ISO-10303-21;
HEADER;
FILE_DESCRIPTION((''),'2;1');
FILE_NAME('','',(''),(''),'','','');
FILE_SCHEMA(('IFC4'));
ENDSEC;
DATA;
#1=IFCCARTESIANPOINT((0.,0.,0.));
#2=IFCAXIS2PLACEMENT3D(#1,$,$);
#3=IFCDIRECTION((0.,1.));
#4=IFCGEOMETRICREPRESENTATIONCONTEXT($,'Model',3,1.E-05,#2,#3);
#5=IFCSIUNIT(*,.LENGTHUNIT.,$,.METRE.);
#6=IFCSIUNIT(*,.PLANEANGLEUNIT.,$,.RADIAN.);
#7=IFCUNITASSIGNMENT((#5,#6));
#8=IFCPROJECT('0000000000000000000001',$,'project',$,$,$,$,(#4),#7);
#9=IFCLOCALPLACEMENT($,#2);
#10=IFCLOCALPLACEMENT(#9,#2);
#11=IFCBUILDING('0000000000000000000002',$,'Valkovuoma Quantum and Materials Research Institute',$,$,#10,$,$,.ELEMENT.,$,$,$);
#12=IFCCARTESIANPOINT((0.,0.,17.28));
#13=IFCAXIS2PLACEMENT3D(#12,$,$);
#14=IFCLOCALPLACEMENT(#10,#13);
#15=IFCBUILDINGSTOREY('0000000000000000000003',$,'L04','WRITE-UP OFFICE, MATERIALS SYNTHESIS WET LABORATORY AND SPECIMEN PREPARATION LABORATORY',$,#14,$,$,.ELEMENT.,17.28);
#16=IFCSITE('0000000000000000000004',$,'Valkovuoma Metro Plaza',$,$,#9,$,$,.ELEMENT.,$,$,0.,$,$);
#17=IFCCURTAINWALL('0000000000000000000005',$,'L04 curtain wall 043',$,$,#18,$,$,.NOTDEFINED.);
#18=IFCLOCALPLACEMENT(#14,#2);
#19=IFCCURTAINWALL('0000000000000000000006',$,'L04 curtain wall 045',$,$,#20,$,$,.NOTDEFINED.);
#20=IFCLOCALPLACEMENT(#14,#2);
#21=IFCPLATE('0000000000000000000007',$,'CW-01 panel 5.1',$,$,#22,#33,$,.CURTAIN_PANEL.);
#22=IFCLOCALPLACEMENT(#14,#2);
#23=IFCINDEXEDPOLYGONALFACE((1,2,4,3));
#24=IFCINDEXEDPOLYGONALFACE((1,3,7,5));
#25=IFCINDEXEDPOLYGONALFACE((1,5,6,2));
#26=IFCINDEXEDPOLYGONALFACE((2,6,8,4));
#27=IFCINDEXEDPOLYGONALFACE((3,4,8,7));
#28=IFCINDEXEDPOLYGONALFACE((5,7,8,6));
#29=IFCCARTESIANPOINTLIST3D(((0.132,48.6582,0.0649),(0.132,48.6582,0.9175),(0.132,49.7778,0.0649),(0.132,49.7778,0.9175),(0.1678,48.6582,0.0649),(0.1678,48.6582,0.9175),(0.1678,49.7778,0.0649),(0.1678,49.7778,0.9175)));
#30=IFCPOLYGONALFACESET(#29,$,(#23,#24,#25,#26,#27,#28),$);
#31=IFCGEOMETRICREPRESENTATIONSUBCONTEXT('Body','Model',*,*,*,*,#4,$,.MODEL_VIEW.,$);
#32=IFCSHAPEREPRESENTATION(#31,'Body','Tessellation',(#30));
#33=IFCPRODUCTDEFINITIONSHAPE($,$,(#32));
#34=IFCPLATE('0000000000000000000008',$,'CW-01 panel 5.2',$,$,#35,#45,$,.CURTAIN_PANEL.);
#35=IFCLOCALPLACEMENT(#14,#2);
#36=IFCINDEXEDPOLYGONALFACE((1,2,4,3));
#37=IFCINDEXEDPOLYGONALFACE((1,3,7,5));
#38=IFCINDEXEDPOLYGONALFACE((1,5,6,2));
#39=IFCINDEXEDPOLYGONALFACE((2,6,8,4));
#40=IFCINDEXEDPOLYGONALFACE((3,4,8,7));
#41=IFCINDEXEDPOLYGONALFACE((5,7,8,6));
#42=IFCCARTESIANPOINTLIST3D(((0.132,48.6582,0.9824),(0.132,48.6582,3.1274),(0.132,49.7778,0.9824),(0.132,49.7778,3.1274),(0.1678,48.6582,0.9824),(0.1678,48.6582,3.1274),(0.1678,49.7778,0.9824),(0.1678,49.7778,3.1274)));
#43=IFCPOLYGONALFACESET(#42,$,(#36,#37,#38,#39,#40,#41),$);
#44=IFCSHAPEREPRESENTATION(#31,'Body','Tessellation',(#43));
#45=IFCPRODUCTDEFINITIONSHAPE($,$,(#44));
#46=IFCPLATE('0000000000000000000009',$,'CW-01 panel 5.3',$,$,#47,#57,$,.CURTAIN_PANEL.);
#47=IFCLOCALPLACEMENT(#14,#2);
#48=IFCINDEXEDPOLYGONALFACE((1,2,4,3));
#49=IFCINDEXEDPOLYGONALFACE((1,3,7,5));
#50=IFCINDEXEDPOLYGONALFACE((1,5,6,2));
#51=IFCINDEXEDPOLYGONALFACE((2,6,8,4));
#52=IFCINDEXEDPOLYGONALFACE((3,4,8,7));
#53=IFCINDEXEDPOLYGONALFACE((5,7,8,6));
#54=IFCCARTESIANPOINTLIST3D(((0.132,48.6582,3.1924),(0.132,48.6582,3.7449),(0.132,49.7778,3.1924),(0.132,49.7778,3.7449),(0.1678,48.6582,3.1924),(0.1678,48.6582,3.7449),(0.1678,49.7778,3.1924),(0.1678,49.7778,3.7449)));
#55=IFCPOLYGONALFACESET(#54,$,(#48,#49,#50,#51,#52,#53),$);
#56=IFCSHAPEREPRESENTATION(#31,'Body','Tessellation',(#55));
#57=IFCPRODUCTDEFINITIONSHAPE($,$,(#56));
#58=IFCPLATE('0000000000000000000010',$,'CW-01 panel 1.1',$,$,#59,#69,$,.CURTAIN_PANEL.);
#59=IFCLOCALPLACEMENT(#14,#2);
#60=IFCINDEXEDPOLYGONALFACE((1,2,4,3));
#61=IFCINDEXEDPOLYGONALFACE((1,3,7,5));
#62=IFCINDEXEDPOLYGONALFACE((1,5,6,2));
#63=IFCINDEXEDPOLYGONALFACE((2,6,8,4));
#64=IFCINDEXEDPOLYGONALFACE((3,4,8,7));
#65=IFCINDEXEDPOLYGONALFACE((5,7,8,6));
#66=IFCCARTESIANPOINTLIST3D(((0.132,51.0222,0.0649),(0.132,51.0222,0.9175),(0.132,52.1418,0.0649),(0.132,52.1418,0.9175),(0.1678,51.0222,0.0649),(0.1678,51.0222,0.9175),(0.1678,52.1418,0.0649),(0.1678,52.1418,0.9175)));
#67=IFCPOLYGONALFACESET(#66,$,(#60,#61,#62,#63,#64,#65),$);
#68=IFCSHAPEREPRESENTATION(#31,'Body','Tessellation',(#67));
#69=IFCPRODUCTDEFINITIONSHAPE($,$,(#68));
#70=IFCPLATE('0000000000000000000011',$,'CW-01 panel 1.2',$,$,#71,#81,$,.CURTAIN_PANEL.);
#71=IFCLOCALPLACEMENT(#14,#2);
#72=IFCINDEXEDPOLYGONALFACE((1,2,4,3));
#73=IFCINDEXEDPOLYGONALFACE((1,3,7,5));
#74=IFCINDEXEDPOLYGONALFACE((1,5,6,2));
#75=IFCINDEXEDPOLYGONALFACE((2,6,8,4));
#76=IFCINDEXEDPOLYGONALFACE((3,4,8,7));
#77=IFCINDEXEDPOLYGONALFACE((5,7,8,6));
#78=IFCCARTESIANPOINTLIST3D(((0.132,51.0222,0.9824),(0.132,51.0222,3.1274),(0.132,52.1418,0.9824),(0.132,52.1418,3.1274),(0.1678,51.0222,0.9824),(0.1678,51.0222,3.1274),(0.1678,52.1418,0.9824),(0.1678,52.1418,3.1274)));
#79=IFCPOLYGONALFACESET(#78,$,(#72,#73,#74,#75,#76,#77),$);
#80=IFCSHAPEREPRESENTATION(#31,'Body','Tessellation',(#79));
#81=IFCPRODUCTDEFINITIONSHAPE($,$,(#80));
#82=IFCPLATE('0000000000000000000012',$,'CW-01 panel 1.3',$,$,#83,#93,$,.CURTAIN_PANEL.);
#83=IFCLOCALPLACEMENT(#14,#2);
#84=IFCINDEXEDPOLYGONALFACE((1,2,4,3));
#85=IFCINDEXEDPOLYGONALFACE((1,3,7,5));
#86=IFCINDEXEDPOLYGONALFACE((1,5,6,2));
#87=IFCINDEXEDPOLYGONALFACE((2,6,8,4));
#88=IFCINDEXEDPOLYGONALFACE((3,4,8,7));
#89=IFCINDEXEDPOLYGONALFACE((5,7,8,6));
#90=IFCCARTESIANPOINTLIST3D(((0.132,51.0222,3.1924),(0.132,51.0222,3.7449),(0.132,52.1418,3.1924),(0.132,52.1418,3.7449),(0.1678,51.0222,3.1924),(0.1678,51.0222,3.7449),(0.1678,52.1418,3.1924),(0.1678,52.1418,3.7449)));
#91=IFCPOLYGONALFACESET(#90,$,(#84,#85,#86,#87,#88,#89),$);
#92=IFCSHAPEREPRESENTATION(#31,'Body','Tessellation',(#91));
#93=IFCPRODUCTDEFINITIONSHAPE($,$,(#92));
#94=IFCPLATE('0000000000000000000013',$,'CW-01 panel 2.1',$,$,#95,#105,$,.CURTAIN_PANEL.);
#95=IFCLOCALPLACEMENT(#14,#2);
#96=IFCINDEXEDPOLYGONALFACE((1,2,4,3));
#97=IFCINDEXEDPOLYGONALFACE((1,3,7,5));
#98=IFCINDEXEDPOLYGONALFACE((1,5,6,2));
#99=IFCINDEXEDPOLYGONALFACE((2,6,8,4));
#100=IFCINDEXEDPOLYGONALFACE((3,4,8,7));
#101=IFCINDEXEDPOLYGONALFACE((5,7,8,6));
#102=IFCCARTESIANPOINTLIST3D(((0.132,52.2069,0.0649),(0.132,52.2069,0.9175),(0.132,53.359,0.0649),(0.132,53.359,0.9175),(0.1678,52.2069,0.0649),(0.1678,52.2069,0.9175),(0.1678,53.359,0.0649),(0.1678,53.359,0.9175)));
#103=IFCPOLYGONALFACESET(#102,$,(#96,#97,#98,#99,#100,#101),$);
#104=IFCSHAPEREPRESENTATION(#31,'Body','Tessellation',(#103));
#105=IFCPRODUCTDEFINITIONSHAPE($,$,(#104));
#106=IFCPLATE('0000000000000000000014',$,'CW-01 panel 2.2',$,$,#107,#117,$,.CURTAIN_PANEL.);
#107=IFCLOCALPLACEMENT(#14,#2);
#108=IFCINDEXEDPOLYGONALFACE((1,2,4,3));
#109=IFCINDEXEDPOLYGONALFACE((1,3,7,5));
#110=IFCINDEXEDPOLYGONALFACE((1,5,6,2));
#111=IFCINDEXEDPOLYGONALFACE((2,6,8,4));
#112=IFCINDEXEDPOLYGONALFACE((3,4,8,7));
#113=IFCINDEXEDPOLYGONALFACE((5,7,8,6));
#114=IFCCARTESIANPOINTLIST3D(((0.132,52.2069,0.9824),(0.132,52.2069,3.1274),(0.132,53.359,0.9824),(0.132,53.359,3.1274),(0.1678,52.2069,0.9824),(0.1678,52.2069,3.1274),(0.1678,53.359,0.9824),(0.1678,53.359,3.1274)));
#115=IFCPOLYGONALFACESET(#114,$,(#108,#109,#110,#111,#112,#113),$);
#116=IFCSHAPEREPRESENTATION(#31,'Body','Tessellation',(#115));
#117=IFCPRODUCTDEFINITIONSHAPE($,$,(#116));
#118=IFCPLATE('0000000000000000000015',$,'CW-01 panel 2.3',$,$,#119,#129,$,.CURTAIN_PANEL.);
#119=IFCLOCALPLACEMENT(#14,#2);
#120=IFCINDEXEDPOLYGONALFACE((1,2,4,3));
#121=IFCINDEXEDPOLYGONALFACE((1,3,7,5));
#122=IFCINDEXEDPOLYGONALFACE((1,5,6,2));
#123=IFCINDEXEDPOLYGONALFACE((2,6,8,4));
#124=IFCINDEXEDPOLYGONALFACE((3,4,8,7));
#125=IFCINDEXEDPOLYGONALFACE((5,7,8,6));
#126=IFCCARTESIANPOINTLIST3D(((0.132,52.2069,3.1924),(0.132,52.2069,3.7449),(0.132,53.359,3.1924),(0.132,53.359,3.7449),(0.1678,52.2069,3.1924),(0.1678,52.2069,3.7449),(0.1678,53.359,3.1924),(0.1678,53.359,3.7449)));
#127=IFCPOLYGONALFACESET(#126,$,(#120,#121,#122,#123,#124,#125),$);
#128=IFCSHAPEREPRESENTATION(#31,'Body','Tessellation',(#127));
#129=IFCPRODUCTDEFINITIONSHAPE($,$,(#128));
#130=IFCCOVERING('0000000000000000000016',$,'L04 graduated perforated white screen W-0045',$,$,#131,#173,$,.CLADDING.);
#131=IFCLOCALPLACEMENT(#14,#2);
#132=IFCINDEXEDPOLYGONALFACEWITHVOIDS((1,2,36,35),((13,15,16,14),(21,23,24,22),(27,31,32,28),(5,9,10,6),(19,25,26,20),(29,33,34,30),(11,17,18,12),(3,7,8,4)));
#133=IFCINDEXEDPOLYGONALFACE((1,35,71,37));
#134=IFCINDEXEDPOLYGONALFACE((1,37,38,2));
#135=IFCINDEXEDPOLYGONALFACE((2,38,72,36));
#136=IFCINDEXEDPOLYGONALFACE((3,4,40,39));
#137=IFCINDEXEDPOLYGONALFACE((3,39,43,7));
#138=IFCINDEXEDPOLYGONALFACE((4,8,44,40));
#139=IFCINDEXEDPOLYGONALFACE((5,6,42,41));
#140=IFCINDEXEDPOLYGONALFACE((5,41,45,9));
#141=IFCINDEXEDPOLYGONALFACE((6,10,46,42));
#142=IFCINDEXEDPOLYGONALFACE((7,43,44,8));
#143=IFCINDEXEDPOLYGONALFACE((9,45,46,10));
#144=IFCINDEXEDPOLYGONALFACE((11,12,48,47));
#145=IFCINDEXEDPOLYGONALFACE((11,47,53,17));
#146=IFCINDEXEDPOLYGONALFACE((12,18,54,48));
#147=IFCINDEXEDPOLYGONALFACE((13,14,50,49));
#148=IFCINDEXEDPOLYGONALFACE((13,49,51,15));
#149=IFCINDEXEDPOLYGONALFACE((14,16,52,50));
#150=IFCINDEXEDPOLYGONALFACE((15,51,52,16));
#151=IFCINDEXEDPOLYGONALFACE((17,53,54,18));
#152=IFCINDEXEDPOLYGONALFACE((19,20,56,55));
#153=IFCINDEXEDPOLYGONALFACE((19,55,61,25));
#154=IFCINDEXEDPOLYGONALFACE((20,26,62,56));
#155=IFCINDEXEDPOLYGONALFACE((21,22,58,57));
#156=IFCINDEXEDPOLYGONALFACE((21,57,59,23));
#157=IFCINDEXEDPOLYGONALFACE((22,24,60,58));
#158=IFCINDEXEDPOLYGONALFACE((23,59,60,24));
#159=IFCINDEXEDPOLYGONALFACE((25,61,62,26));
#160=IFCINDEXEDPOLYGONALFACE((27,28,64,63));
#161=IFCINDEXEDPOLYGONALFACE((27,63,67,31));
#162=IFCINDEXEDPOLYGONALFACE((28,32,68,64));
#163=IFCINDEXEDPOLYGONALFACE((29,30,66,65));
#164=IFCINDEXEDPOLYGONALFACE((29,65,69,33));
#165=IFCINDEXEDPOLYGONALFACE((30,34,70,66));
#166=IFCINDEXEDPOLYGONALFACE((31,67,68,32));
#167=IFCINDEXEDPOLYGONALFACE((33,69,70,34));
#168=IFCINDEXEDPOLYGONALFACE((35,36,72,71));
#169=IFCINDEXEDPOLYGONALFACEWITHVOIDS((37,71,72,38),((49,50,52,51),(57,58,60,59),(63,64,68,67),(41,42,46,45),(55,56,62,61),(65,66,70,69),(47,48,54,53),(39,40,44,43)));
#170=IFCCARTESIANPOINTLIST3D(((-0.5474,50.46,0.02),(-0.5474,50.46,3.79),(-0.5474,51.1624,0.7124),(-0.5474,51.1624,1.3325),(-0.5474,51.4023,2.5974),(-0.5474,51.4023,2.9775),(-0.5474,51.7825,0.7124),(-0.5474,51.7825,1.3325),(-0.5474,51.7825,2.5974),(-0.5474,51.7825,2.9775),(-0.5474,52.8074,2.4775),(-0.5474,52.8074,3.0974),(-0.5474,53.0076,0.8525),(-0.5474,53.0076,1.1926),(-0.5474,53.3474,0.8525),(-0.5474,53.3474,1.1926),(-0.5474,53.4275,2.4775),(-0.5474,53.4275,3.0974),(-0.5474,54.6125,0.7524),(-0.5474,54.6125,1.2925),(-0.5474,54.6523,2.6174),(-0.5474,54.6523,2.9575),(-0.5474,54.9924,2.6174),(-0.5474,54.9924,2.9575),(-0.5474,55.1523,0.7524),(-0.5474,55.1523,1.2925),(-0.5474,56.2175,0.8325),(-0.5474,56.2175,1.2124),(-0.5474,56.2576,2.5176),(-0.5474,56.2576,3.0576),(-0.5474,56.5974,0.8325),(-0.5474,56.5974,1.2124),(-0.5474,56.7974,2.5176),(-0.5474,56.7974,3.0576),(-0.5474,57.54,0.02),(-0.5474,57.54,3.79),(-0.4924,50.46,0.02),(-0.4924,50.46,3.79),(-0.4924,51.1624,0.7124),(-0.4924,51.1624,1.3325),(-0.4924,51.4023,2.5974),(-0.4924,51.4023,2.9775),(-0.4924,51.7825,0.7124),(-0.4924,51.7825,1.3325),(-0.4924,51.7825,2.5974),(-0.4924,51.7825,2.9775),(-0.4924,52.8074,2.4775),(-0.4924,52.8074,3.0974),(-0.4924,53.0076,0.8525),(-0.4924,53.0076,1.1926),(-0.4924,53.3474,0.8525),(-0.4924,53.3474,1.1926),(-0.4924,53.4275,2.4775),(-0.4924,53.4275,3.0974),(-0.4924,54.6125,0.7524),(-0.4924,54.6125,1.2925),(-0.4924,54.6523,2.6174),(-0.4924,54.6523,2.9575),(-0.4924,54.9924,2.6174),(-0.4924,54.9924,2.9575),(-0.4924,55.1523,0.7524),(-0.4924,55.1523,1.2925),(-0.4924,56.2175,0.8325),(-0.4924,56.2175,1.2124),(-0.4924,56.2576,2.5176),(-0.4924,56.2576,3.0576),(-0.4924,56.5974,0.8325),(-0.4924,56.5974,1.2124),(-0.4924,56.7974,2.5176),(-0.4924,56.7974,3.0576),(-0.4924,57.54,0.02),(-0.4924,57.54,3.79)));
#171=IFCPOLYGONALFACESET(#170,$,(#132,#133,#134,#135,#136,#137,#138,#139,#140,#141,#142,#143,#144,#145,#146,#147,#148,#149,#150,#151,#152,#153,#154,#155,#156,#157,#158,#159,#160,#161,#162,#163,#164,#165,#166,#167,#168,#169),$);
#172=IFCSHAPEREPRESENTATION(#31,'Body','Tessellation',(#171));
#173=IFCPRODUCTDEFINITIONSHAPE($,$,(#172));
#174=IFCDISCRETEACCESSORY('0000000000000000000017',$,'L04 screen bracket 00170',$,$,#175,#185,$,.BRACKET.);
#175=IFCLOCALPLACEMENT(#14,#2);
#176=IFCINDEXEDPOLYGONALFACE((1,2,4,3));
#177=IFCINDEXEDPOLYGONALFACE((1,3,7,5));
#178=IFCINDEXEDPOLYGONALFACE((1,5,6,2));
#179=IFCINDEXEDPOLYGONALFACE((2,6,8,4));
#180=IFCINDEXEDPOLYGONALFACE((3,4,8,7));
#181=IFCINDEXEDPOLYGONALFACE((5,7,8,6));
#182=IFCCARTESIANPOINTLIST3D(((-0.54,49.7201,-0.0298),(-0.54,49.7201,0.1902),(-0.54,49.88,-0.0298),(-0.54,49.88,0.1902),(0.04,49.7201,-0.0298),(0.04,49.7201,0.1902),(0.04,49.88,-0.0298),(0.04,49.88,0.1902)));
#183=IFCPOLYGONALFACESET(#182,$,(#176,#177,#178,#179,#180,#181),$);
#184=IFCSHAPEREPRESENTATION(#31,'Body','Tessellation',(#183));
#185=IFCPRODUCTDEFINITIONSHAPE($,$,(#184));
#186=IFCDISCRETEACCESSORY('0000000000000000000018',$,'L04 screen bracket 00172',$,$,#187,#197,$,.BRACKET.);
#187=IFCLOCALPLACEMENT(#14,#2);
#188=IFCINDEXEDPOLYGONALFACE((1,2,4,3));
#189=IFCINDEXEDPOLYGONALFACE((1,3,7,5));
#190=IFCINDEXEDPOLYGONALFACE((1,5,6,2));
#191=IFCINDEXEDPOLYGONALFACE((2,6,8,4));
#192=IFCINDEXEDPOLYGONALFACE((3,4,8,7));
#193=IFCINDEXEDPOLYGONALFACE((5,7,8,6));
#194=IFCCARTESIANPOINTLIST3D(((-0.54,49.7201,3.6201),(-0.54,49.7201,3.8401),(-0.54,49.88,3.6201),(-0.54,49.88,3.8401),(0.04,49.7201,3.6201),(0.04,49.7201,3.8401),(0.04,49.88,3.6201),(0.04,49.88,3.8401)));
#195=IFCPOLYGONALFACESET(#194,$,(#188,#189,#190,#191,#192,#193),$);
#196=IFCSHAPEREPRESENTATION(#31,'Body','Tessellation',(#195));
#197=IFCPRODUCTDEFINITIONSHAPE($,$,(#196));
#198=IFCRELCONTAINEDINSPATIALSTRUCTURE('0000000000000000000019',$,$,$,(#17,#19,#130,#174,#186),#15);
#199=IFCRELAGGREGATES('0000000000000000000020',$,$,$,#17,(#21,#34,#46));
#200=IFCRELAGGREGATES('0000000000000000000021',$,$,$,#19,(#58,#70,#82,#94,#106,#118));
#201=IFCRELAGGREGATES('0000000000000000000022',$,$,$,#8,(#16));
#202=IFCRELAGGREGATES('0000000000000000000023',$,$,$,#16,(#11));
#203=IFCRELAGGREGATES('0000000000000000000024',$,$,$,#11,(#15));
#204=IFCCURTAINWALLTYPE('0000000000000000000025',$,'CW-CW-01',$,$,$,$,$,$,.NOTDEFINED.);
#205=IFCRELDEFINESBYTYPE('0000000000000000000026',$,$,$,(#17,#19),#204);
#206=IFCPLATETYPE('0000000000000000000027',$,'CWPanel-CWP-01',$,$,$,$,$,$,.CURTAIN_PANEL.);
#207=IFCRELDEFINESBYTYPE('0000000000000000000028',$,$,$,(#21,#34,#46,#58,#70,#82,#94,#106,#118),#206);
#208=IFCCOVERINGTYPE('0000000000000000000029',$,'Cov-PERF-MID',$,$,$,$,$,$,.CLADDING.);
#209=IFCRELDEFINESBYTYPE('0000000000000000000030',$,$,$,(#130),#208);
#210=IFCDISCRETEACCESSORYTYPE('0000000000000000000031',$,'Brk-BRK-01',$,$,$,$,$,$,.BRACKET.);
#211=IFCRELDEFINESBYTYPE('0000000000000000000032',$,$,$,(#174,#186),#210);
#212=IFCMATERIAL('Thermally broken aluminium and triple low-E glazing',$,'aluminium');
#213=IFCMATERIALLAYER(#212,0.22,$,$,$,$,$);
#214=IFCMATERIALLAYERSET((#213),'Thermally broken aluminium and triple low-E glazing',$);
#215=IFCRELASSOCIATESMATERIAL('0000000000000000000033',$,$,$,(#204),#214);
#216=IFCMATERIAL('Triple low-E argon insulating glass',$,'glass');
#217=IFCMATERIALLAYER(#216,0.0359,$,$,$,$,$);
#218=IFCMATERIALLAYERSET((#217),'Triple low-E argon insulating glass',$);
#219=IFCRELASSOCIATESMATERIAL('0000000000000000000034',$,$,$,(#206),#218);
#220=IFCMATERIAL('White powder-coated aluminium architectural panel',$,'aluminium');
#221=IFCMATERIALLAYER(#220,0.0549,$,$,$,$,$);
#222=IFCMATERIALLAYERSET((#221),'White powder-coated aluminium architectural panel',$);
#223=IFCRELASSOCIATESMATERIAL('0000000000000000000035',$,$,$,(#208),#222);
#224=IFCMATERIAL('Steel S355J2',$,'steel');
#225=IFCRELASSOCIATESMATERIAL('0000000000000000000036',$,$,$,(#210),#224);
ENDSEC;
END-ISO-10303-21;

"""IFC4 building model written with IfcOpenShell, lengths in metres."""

from ifc_helpers import new_model, si_unit, direction, frame, origin, origin_2d, place, context, subcontext, project, spatial, polyline, rectangle, outline, extrude, material, layer, layer_set, type_object, element, aggregate, save


model = new_model("IFC4")

# Units and contexts
model_context = context("Model", 3, precision=1e-05, world=origin(), true_north=direction((0.0, 1.0)))
body_context = subcontext(model_context, "Body", "Model", "MODEL_VIEW")
ifc_project = project(units=[si_unit("LENGTHUNIT", "METRE"), si_unit("PLANEANGLEUNIT", "RADIAN")], contexts=[model_context])

# Site, building, storey
site_placement = place(None, origin())
site = spatial("IfcSite", under=ifc_project, at=site_placement, Name="Valkovuoma Metro Plaza", CompositionType="ELEMENT", RefElevation=0.0)
building_placement = place(site_placement, origin())
building = spatial("IfcBuilding", under=site, at=building_placement, Name="Valkovuoma Quantum and Materials Research Institute", CompositionType="ELEMENT")
storey_placement = place(building_placement, frame((0.0, 0.0, 17.28)))
storey = spatial("IfcBuildingStorey", under=building, at=storey_placement, Name="L04", Description="WRITE-UP OFFICE, MATERIALS SYNTHESIS WET LABORATORY AND SPECIMEN PREPARATION LABORATORY", CompositionType="ELEMENT", Elevation=17.28)

# Curtain wall
ifc_material_1 = material(Name="Thermally broken aluminium and triple low-E glazing", Category="aluminium")
ifc_layer_1 = layer(ifc_material_1, 0.22)
ifc_layer_set_1 = layer_set([ifc_layer_1], Name="Thermally broken aluminium and triple low-E glazing")
curtain_wall_type = type_object("IfcCurtainWallType", Name="CW-CW-01", PredefinedType="NOTDEFINED", material=ifc_layer_set_1)
curtain_wall_1_placement = place(storey_placement, origin())
curtain_wall_1 = element("IfcCurtainWall", 1, at=curtain_wall_1_placement, inside=storey, type_object=curtain_wall_type, Name="L04 curtain wall 043", PredefinedType="NOTDEFINED")

# Curtain wall
curtain_wall_2_placement = place(storey_placement, origin())
curtain_wall_2 = element("IfcCurtainWall", 2, at=curtain_wall_2_placement, inside=storey, type_object=curtain_wall_type, Name="L04 curtain wall 045", PredefinedType="NOTDEFINED")

# Plates
ifc_material_2 = material(Name="Triple low-E argon insulating glass", Category="glass")
ifc_layer_2 = layer(ifc_material_2, 0.0359)
ifc_layer_set_2 = layer_set([ifc_layer_2], Name="Triple low-E argon insulating glass")
plate_type = type_object("IfcPlateType", Name="CWPanel-CWP-01", PredefinedType="CURTAIN_PANEL", material=ifc_layer_set_2)
plate_1_placement = place(storey_placement, frame((0.1499, 49.218, 0.0649), z_axis=(0.0, 0.0, 1.0), x_axis=(0.0, 1.0, 0.0)))
plate_1 = element("IfcPlate", 3, at=plate_1_placement, type_object=plate_type, Name="CW-01 panel 5.1", PredefinedType="CURTAIN_PANEL", context=body_context, shape_type="SweptSolid", body=[
    extrude(rectangle(XDim=1.1196, YDim=0.0359, at=origin_2d()), origin(), (0.0, 0.0, 1.0), 0.8525),
])
plate_2_placement = place(storey_placement, frame((0.1499, 49.218, 0.9824), z_axis=(0.0, 0.0, 1.0), x_axis=(0.0, 1.0, 0.0)))
plate_2 = element("IfcPlate", 4, at=plate_2_placement, type_object=plate_type, Name="CW-01 panel 5.2", PredefinedType="CURTAIN_PANEL", context=body_context, shape_type="SweptSolid", body=[
    extrude(rectangle(XDim=1.1196, YDim=0.0359, at=origin_2d()), origin(), (0.0, 0.0, 1.0), 2.145),
])
plate_3_placement = place(storey_placement, frame((0.1499, 49.218, 3.1924), z_axis=(0.0, 0.0, 1.0), x_axis=(0.0, 1.0, 0.0)))
plate_3 = element("IfcPlate", 5, at=plate_3_placement, type_object=plate_type, Name="CW-01 panel 5.3", PredefinedType="CURTAIN_PANEL", context=body_context, shape_type="SweptSolid", body=[
    extrude(rectangle(XDim=1.1196, YDim=0.0359, at=origin_2d()), origin(), (0.0, 0.0, 1.0), 0.5525),
])
aggregate(curtain_wall_1, [plate_1, plate_2, plate_3])
plate_4_placement = place(storey_placement, frame((0.1499, 51.582, 0.0649), z_axis=(0.0, 0.0, 1.0), x_axis=(0.0, 1.0, 0.0)))
plate_4 = element("IfcPlate", 6, at=plate_4_placement, type_object=plate_type, Name="CW-01 panel 1.1", PredefinedType="CURTAIN_PANEL", context=body_context, shape_type="SweptSolid", body=[
    extrude(rectangle(XDim=1.1196, YDim=0.0359, at=origin_2d()), origin(), (0.0, 0.0, 1.0), 0.8525),
])
plate_5_placement = place(storey_placement, frame((0.1499, 51.582, 0.9824), z_axis=(0.0, 0.0, 1.0), x_axis=(0.0, 1.0, 0.0)))
plate_5 = element("IfcPlate", 7, at=plate_5_placement, type_object=plate_type, Name="CW-01 panel 1.2", PredefinedType="CURTAIN_PANEL", context=body_context, shape_type="SweptSolid", body=[
    extrude(rectangle(XDim=1.1196, YDim=0.0359, at=origin_2d()), origin(), (0.0, 0.0, 1.0), 2.145),
])
plate_6_placement = place(storey_placement, frame((0.1499, 51.582, 3.1924), z_axis=(0.0, 0.0, 1.0), x_axis=(0.0, 1.0, 0.0)))
plate_6 = element("IfcPlate", 8, at=plate_6_placement, type_object=plate_type, Name="CW-01 panel 1.3", PredefinedType="CURTAIN_PANEL", context=body_context, shape_type="SweptSolid", body=[
    extrude(rectangle(XDim=1.1196, YDim=0.0359, at=origin_2d()), origin(), (0.0, 0.0, 1.0), 0.5525),
])
plate_7_placement = place(storey_placement, frame((0.1499, 52.783, 0.0649), z_axis=(0.0, 0.0, 1.0), x_axis=(0.0, 1.0, 0.0)))
plate_7 = element("IfcPlate", 9, at=plate_7_placement, type_object=plate_type, Name="CW-01 panel 2.1", PredefinedType="CURTAIN_PANEL", context=body_context, shape_type="SweptSolid", body=[
    extrude(rectangle(XDim=1.1521, YDim=0.0359, at=origin_2d()), origin(), (0.0, 0.0, 1.0), 0.8525),
])
plate_8_placement = place(storey_placement, frame((0.1499, 52.783, 0.9824), z_axis=(0.0, 0.0, 1.0), x_axis=(0.0, 1.0, 0.0)))
plate_8 = element("IfcPlate", 10, at=plate_8_placement, type_object=plate_type, Name="CW-01 panel 2.2", PredefinedType="CURTAIN_PANEL", context=body_context, shape_type="SweptSolid", body=[
    extrude(rectangle(XDim=1.1521, YDim=0.0359, at=origin_2d()), origin(), (0.0, 0.0, 1.0), 2.145),
])
plate_9_placement = place(storey_placement, frame((0.1499, 52.783, 3.1924), z_axis=(0.0, 0.0, 1.0), x_axis=(0.0, 1.0, 0.0)))
plate_9 = element("IfcPlate", 11, at=plate_9_placement, type_object=plate_type, Name="CW-01 panel 2.3", PredefinedType="CURTAIN_PANEL", context=body_context, shape_type="SweptSolid", body=[
    extrude(rectangle(XDim=1.1521, YDim=0.0359, at=origin_2d()), origin(), (0.0, 0.0, 1.0), 0.5525),
])
aggregate(curtain_wall_2, [plate_4, plate_5, plate_6, plate_7, plate_8, plate_9])

# Covering
ifc_material_3 = material(Name="White powder-coated aluminium architectural panel", Category="aluminium")
ifc_layer_3 = layer(ifc_material_3, 0.0549)
ifc_layer_set_3 = layer_set([ifc_layer_3], Name="White powder-coated aluminium architectural panel")
covering_type = type_object("IfcCoveringType", Name="Cov-PERF-MID", PredefinedType="CLADDING", material=ifc_layer_set_3)
covering_placement = place(storey_placement, frame((-0.52, 50.46, 0.02), z_axis=(0.0, 0.0, 1.0), x_axis=(0.0, 1.0, 0.0)))
element("IfcCovering", 12, at=covering_placement, inside=storey, type_object=covering_type, Name="L04 graduated perforated white screen W-0045", PredefinedType="CLADDING", context=body_context, shape_type="SweptSolid", body=[
    extrude(outline(polyline([(0.0, 0.0), (7.0801, 0.0), (7.0801, 3.77), (0.0, 3.77), (0.0, 0.0)]), holes=[polyline([(0.7024, 0.6924), (0.7024, 1.3125), (1.3225, 1.3125), (1.3225, 0.6924), (0.7024, 0.6924)]), polyline([(0.9424, 2.5774), (0.9424, 2.9575), (1.3225, 2.9575), (1.3225, 2.5774), (0.9424, 2.5774)]), polyline([(2.5476, 0.8325), (2.5476, 1.1726), (2.8875, 1.1726), (2.8875, 0.8325), (2.5476, 0.8325)]), polyline([(2.3474, 2.4575), (2.3474, 3.0774), (2.9675, 3.0774), (2.9675, 2.4575), (2.3474, 2.4575)]), polyline([(4.1526, 0.7324), (4.1526, 1.2725), (4.6924, 1.2725), (4.6924, 0.7324), (4.1526, 0.7324)]), polyline([(4.1924, 2.5974), (4.1924, 2.9375), (4.5325, 2.9375), (4.5325, 2.5974), (4.1924, 2.5974)]), polyline([(5.7576, 0.8125), (5.7576, 1.1924), (6.1375, 1.1924), (6.1375, 0.8125), (5.7576, 0.8125)]), polyline([(5.7976, 2.4976), (5.7976, 3.0376), (6.3374, 3.0376), (6.3374, 2.4976), (5.7976, 2.4976)])]), frame((0.0, 0.0273, 0.0), z_axis=(0.0, -1.0, 0.0), x_axis=(1.0, 0.0, 0.0)), (0.0, 0.0, 1.0), 0.0549),
])

# Discrete accessories
ifc_material_4 = material(Name="Steel S355J2", Category="steel")
discrete_accessory_type = type_object("IfcDiscreteAccessoryType", Name="Brk-BRK-01", PredefinedType="BRACKET", material=ifc_material_4)
for number, where, z_axis, x_axis, name in (
    (13, (-0.25, 49.8, -0.0298), (0.0, 0.0, 1.0), (1.0, 0.0, 0.0), "L04 screen bracket 00170"),
    (14, (-0.25, 49.8, 3.6201), (0.0, 0.0, 1.0), (1.0, 0.0, 0.0), "L04 screen bracket 00172"),
):
    element("IfcDiscreteAccessory", number, at=place(storey_placement, frame(where, z_axis=z_axis, x_axis=x_axis)), inside=storey, type_object=discrete_accessory_type, Name=name, PredefinedType="BRACKET", context=body_context, shape_type="SweptSolid", body=[
        extrude(rectangle(XDim=0.5801, YDim=0.1599, at=origin_2d()), origin(), (0.0, 0.0, 1.0), 0.22),
    ])

save(model, "model.ifc")
